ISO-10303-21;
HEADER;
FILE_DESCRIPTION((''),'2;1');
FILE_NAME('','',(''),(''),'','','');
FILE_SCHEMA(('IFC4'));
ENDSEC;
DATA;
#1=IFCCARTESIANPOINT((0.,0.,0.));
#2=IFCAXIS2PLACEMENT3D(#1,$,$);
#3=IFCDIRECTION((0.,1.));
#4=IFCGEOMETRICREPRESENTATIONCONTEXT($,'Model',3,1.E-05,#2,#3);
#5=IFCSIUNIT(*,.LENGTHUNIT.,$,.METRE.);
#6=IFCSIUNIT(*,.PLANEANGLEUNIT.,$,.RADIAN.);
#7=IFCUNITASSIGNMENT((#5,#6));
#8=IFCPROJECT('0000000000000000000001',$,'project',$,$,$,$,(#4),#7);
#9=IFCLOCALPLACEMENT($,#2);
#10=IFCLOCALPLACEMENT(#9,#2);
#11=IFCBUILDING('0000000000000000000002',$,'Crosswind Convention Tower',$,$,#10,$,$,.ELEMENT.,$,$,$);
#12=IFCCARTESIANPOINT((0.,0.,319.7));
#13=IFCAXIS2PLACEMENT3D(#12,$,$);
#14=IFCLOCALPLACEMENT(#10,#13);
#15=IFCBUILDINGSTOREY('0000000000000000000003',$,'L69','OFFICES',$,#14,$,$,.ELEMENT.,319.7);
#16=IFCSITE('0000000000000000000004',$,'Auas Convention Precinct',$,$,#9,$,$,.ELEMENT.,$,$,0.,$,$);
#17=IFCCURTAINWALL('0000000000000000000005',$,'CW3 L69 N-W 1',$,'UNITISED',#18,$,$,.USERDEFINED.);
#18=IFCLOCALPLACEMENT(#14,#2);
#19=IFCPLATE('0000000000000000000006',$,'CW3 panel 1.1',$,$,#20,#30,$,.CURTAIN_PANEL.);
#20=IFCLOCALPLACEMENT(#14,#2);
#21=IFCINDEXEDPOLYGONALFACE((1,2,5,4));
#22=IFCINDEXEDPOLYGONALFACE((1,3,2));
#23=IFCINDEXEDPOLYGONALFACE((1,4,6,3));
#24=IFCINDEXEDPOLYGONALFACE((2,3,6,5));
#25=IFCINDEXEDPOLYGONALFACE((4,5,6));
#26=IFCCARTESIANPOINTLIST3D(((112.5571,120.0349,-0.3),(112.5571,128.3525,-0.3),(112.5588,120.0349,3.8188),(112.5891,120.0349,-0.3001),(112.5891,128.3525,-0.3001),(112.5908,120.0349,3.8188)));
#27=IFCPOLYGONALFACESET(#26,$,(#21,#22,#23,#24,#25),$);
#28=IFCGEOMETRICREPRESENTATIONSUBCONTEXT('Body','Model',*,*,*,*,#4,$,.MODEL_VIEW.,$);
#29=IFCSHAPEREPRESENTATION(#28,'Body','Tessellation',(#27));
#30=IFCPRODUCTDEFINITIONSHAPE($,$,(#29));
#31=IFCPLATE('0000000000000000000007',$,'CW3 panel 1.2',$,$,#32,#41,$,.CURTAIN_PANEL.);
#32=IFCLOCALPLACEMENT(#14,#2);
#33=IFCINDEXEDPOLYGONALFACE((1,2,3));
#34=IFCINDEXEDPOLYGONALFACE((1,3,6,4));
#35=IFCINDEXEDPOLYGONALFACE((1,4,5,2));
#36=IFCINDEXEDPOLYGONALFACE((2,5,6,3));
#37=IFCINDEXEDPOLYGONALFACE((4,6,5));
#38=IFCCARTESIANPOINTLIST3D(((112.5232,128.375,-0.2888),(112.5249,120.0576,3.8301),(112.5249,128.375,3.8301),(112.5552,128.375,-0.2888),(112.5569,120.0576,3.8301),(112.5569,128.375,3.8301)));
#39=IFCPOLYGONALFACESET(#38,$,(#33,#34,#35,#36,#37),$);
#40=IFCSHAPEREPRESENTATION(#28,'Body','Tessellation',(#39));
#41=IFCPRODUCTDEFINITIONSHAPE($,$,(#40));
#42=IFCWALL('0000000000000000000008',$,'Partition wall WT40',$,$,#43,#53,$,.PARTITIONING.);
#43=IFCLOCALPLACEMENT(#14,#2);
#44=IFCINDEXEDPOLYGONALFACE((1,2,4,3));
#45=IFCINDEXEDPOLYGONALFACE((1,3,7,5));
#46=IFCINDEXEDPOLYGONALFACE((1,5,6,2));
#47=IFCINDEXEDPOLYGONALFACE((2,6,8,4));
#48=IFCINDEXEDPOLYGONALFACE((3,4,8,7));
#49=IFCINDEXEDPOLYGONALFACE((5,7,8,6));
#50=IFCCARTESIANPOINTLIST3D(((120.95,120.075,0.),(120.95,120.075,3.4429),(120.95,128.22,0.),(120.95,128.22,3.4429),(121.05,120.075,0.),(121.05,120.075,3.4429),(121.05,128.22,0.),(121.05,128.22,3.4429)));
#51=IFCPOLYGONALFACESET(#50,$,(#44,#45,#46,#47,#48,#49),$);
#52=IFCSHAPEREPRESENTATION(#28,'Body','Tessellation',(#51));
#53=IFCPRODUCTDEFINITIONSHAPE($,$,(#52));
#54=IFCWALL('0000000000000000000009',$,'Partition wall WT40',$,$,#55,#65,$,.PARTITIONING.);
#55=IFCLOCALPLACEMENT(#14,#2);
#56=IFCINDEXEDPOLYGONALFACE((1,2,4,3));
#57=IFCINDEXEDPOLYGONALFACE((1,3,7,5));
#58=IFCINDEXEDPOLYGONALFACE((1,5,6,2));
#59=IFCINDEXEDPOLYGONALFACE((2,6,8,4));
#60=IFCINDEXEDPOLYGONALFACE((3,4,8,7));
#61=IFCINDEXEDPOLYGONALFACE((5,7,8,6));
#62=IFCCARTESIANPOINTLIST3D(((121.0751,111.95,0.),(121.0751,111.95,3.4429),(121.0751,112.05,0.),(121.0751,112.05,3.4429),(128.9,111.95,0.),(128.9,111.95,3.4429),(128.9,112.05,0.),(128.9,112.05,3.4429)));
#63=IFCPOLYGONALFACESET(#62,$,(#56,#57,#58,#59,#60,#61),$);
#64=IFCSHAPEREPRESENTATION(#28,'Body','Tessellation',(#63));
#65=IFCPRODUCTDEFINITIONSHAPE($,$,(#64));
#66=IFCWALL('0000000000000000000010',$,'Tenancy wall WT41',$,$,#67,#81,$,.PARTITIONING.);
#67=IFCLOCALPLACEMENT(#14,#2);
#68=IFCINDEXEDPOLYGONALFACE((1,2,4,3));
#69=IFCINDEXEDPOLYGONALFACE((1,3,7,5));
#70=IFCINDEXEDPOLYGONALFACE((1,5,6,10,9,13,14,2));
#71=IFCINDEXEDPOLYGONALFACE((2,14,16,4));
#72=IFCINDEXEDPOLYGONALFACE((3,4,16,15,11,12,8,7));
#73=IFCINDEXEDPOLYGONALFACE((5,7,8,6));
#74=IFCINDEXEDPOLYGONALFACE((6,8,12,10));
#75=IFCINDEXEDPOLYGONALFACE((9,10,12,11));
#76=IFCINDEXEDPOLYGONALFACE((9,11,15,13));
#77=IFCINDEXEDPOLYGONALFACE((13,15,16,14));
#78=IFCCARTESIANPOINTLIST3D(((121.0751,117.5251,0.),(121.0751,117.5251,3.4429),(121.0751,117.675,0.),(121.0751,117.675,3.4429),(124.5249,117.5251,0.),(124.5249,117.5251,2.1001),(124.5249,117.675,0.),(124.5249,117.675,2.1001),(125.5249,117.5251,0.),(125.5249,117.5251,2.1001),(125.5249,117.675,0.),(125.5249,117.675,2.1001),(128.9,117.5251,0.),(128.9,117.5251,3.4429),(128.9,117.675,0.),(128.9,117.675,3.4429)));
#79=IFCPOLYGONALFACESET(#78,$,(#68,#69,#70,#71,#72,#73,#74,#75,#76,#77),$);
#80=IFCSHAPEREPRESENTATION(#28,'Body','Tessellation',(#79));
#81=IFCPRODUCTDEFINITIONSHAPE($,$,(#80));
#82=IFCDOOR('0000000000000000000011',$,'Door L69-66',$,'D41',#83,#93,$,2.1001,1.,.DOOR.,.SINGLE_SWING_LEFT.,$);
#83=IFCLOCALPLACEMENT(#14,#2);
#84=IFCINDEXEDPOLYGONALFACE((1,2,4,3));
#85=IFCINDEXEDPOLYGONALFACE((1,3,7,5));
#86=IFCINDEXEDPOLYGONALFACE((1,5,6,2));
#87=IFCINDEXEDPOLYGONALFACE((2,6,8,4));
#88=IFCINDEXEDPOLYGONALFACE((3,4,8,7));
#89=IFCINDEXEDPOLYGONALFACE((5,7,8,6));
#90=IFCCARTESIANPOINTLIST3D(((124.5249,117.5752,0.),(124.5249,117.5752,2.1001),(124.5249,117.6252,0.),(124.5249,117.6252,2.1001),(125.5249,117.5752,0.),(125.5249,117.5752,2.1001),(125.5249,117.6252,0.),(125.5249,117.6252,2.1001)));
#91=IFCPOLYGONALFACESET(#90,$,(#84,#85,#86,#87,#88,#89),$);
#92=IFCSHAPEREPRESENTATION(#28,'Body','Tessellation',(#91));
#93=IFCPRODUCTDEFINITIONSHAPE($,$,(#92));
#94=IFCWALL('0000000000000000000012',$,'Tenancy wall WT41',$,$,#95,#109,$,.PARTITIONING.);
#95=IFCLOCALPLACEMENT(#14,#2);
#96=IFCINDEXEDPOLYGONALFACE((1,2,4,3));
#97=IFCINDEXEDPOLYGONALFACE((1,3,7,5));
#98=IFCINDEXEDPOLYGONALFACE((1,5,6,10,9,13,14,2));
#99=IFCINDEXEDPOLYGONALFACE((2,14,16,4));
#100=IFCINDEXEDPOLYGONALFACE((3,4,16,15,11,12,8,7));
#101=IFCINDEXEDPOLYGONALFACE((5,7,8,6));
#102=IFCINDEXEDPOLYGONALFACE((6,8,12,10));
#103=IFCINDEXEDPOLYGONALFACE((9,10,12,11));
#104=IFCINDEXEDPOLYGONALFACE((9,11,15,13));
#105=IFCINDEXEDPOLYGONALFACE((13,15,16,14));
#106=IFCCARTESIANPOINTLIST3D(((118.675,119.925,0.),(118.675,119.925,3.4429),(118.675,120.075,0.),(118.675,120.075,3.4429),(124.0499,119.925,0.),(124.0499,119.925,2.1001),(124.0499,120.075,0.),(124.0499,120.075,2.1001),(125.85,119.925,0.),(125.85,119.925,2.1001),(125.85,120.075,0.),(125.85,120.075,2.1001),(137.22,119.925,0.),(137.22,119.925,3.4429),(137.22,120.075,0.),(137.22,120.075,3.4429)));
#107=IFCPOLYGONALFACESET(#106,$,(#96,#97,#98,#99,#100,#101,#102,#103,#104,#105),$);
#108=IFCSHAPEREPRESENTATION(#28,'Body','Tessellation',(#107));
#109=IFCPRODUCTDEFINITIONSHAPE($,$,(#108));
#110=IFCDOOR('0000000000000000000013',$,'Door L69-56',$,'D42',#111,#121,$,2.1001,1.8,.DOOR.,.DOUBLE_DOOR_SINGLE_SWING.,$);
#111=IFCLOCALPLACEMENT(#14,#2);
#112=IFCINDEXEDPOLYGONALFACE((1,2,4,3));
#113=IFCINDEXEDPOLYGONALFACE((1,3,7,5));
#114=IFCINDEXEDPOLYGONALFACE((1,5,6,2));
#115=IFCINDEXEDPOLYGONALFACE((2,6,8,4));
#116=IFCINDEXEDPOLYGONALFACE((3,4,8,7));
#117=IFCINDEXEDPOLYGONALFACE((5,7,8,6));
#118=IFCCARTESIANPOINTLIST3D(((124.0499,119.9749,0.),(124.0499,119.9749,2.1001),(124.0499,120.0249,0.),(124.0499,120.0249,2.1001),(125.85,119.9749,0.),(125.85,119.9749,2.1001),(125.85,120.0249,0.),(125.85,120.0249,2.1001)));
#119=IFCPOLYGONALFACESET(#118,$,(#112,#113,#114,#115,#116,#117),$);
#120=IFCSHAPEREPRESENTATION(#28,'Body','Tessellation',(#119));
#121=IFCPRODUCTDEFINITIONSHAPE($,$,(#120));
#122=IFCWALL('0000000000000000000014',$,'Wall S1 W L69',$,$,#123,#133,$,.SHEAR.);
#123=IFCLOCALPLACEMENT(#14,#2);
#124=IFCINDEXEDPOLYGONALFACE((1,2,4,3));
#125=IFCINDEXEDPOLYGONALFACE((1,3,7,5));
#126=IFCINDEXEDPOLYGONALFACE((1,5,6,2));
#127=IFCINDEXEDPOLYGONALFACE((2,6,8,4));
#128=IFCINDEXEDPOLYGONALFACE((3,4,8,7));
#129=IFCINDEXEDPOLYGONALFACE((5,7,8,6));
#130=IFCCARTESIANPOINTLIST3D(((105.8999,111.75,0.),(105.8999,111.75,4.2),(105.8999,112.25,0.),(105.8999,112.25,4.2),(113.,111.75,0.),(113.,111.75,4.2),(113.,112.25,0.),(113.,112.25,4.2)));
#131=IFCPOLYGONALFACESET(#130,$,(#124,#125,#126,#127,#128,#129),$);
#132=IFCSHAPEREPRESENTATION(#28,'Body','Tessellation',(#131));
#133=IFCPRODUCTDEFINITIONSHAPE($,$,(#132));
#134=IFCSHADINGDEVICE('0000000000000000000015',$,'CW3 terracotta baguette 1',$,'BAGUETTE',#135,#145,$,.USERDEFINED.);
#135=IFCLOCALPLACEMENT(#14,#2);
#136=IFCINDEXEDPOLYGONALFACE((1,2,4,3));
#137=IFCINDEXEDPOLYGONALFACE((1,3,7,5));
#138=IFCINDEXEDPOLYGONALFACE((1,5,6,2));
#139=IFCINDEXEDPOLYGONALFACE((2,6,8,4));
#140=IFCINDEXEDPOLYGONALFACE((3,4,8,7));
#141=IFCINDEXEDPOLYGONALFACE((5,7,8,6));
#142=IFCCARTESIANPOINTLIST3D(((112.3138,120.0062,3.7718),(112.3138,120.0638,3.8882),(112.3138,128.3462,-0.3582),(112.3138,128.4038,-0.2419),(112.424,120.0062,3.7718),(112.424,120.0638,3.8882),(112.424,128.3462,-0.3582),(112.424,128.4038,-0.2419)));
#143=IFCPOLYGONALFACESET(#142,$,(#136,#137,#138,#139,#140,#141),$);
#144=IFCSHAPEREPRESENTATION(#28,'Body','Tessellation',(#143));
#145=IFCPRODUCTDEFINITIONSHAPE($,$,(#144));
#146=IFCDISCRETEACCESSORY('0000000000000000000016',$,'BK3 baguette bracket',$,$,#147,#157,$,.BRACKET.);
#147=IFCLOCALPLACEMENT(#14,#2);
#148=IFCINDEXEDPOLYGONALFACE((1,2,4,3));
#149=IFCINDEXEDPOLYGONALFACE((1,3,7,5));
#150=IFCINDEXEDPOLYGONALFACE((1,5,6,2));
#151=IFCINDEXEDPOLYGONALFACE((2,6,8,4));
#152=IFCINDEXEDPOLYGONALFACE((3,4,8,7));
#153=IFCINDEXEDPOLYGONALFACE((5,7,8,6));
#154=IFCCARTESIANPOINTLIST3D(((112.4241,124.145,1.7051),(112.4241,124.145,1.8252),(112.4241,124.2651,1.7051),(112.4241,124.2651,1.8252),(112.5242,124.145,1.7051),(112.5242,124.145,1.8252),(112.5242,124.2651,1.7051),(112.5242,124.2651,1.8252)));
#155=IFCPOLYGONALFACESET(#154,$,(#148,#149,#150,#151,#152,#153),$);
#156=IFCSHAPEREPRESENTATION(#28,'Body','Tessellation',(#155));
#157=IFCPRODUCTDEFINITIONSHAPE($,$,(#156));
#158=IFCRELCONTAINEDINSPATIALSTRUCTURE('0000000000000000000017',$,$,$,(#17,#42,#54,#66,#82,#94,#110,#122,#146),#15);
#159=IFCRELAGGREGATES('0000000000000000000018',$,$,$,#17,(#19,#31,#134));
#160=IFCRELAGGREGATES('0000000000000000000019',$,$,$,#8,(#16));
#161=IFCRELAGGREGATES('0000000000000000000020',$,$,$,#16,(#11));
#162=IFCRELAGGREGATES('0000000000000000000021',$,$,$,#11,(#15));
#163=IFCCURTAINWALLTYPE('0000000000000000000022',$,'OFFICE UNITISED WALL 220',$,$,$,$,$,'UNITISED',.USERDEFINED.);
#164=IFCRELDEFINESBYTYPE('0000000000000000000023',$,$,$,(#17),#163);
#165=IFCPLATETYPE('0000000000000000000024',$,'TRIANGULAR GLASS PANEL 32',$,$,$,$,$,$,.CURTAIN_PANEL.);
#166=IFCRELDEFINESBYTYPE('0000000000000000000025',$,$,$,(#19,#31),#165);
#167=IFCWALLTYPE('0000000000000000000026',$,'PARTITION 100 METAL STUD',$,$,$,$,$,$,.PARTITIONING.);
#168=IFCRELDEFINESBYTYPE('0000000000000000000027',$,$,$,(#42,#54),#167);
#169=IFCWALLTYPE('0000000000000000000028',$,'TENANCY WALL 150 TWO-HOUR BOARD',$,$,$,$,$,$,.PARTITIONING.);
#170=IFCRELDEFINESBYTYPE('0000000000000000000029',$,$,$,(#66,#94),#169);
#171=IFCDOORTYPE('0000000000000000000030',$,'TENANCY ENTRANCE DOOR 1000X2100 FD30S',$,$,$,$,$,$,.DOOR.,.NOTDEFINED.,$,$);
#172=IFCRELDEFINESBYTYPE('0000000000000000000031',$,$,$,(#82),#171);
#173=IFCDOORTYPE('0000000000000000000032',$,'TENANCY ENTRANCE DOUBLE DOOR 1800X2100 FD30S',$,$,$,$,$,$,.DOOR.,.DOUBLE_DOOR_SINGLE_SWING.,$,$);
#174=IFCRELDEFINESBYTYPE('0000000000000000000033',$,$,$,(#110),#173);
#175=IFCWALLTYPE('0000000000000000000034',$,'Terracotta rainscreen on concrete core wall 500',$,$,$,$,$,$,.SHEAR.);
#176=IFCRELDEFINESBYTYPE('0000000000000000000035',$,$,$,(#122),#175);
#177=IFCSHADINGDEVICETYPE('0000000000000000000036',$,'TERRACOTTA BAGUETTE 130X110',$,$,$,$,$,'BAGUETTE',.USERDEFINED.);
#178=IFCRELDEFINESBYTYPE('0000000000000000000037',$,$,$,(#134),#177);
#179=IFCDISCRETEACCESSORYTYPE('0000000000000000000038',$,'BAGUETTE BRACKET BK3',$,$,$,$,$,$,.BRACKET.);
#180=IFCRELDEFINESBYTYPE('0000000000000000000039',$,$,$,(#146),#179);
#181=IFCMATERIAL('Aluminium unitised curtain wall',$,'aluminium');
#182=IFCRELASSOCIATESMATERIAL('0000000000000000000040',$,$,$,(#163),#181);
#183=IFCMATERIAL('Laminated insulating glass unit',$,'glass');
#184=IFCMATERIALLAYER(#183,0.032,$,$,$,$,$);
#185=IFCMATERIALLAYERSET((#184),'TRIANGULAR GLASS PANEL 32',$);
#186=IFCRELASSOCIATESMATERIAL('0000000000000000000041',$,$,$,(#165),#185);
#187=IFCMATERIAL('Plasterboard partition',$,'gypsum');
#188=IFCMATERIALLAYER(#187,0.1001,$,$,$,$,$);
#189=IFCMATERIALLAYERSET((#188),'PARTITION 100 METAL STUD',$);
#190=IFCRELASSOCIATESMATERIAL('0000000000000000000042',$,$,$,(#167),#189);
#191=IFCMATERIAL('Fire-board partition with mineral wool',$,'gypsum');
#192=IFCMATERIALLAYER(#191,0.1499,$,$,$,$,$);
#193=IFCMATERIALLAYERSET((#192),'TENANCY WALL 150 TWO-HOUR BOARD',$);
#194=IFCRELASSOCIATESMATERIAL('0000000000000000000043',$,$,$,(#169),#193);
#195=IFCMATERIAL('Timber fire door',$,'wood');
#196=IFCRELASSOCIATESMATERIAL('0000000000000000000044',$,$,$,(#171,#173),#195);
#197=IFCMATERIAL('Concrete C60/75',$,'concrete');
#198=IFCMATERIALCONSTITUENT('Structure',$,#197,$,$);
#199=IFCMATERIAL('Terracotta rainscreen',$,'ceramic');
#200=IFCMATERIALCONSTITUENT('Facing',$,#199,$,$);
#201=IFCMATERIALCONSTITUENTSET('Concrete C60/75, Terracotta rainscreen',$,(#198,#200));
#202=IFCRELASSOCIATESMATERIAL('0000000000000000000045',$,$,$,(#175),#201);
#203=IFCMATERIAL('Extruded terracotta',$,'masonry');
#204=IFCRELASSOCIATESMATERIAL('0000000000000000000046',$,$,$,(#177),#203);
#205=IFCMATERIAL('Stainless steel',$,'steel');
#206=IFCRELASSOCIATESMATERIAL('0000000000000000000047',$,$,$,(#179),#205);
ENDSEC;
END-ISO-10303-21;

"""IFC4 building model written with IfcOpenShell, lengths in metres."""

from ifc_helpers import new_model, si_unit, direction, frame, frame_2d, origin, origin_2d, place, context, subcontext, project, spatial, polyline, rectangle, outline, extrude, material, layer, layer_set, constituent, constituent_set, material_profile, profile_set, type_object, element, fill, aggregate, save


model = new_model("IFC4")

# Units and contexts
model_context = context("Model", 3, precision=1e-05, world=origin(), true_north=direction((0.0, 1.0)))
body_context = subcontext(model_context, "Body", "Model", "MODEL_VIEW")
ifc_project = project(units=[si_unit("LENGTHUNIT", "METRE"), si_unit("PLANEANGLEUNIT", "RADIAN")], contexts=[model_context])

# Site, building, storey
site_placement = place(None, origin())
site = spatial("IfcSite", under=ifc_project, at=site_placement, Name="Auas Convention Precinct", CompositionType="ELEMENT", RefElevation=0.0)
building_placement = place(site_placement, origin())
building = spatial("IfcBuilding", under=site, at=building_placement, Name="Crosswind Convention Tower", CompositionType="ELEMENT")
storey_placement = place(building_placement, frame((0.0, 0.0, 319.7)))
storey = spatial("IfcBuildingStorey", under=building, at=storey_placement, Name="L69", Description="OFFICES", CompositionType="ELEMENT", Elevation=319.7)

# Shared definitions
ifc_material_1 = material(Name="Concrete C60/75", Category="concrete")

# Shared definitions
ifc_material_2 = material(Name="Aluminium unitised curtain wall", Category="aluminium")
curtain_wall_type_1 = type_object("IfcCurtainWallType", Name="OFFICE UNITISED WALL 220", ElementType="UNITISED", PredefinedType="USERDEFINED", material=ifc_material_2)

# Curtain wall
curtain_wall_1_placement = place(storey_placement, origin())
curtain_wall_1 = element("IfcCurtainWall", 1, at=curtain_wall_1_placement, inside=storey, type_object=curtain_wall_type_1, Name="CW3 L69 N-W 1", ObjectType="UNITISED", PredefinedType="USERDEFINED")

# Plates
ifc_material_3 = material(Name="Laminated insulating glass unit", Category="glass")
ifc_layer_1 = layer(ifc_material_3, 0.032)
ifc_layer_set_1 = layer_set([ifc_layer_1], Name="TRIANGULAR GLASS PANEL 32")
plate_type_1 = type_object("IfcPlateType", Name="TRIANGULAR GLASS PANEL 32", PredefinedType="CURTAIN_PANEL", material=ifc_layer_set_1)
plate_1_placement = place(storey_placement, frame((112.5571, 120.0349, -0.3), z_axis=(-1.0, 0.0, 0.000415), x_axis=(0.000415, 0.0, 1.0)))
plate_1 = element("IfcPlate", 2, at=plate_1_placement, type_object=plate_type_1, Name="CW3 panel 1.1", PredefinedType="CURTAIN_PANEL", context=body_context, shape_type="SweptSolid", body=[
    extrude(outline(polyline([(0.0, 0.0), (4.1189, 0.0), (0.0, 8.3176), (0.0, 0.0)])), origin(), (0.0, 0.0, -1.0), 0.032),
])
plate_2_placement = place(storey_placement, frame((112.5249, 128.375, 3.8301), z_axis=(-1.0, 0.0, 0.000415), x_axis=(-0.000415, 0.0, -1.0)))
plate_2 = element("IfcPlate", 3, at=plate_2_placement, type_object=plate_type_1, Name="CW3 panel 1.2", PredefinedType="CURTAIN_PANEL", context=body_context, shape_type="SweptSolid", body=[
    extrude(outline(polyline([(0.0, 0.0), (4.1189, 0.0), (0.0, 8.3174), (0.0, 0.0)])), origin(), (0.0, 0.0, -1.0), 0.032),
])

# Walls
ifc_material_4 = material(Name="Plasterboard partition", Category="gypsum")
ifc_layer_2 = layer(ifc_material_4, 0.1001)
ifc_layer_set_2 = layer_set([ifc_layer_2], Name="PARTITION 100 METAL STUD")
wall_type_1 = type_object("IfcWallType", Name="PARTITION 100 METAL STUD", PredefinedType="PARTITIONING", material=ifc_layer_set_2)
wall_1_placement = place(storey_placement, frame((121.0, 120.075, 0.0), z_axis=(0.0, 0.0, 1.0), x_axis=(0.0, 1.0, 0.0)))
element("IfcWall", 4, at=wall_1_placement, inside=storey, type_object=wall_type_1, Name="Partition wall WT40", PredefinedType="PARTITIONING", context=body_context, shape_type="SweptSolid", body=[
    extrude(rectangle(XDim=8.145, YDim=0.1001, at=frame_2d((4.0725, 0.0))), origin(), (0.0, 0.0, 1.0), 3.4429),
])
wall_2_placement = place(storey_placement, frame((121.075, 112.0, 0.0), z_axis=(0.0, 0.0, 1.0), x_axis=(1.0, 0.0, 0.0)))
element("IfcWall", 5, at=wall_2_placement, inside=storey, type_object=wall_type_1, Name="Partition wall WT40", PredefinedType="PARTITIONING", context=body_context, shape_type="SweptSolid", body=[
    extrude(rectangle(XDim=7.825, YDim=0.1001, at=frame_2d((3.9126, 0.0))), origin(), (0.0, 0.0, 1.0), 3.4429),
])

# Walls, openings, doors
ifc_material_5 = material(Name="Fire-board partition with mineral wool", Category="gypsum")
ifc_layer_3 = layer(ifc_material_5, 0.1499)
ifc_layer_set_3 = layer_set([ifc_layer_3], Name="TENANCY WALL 150 TWO-HOUR BOARD")
wall_type_2 = type_object("IfcWallType", Name="TENANCY WALL 150 TWO-HOUR BOARD", PredefinedType="PARTITIONING", material=ifc_layer_set_3)
wall_3_placement = place(storey_placement, frame((121.075, 117.6001, 0.0), z_axis=(0.0, 0.0, 1.0), x_axis=(1.0, 0.0, 0.0)))
wall_3 = element("IfcWall", 6, at=wall_3_placement, inside=storey, type_object=wall_type_2, Name="Tenancy wall WT41", PredefinedType="PARTITIONING", context=body_context, shape_type="SweptSolid", body=[
    extrude(rectangle(XDim=7.825, YDim=0.1499, at=frame_2d((3.9126, 0.0))), origin(), (0.0, 0.0, 1.0), 3.4429),
])
opening_1_placement = place(wall_3_placement, frame((3.45, 0.0, 0.0)))
opening_1 = element("IfcOpeningElement", 7, at=opening_1_placement, cuts=wall_3, PredefinedType="OPENING", context=body_context, shape_type="SweptSolid", body=[
    extrude(rectangle(XDim=1.0, YDim=2.1001, at=frame_2d((0.5, 1.05))), frame((0.0, 0.085, 0.0), z_axis=(0.0, -1.0, 0.0), x_axis=(1.0, 0.0, 0.0)), (0.0, 0.0, 1.0), 0.1699),
])
ifc_material_6 = material(Name="Timber fire door", Category="wood")
door_type_1 = type_object("IfcDoorType", Name="TENANCY ENTRANCE DOOR 1000X2100 FD30S", OperationType="NOTDEFINED", PredefinedType="DOOR", material=ifc_material_6)
door_1_placement = place(opening_1_placement, frame((1.0, 0.0, 0.0), z_axis=(0.0, 0.0, 1.0), x_axis=(-1.0, 0.0, 0.0)))
door_1 = element("IfcDoor", 8, at=door_1_placement, inside=storey, type_object=door_type_1, Name="Door L69-66", ObjectType="D41", OperationType="SINGLE_SWING_LEFT", OverallHeight=2.1001, OverallWidth=1.0, PredefinedType="DOOR", context=body_context, shape_type="SweptSolid", body=[
    extrude(rectangle(XDim=1.0, YDim=2.1001, at=frame_2d((0.5, 1.05))), frame((0.0, 0.0249, 0.0), z_axis=(0.0, -1.0, 0.0), x_axis=(1.0, 0.0, 0.0)), (0.0, 0.0, 1.0), 0.05),
])
fill(opening_1, door_1)
wall_4_placement = place(storey_placement, frame((118.675, 120.0, 0.0), z_axis=(0.0, 0.0, 1.0), x_axis=(1.0, 0.0, 0.0)))
wall_4 = element("IfcWall", 9, at=wall_4_placement, inside=storey, type_object=wall_type_2, Name="Tenancy wall WT41", PredefinedType="PARTITIONING", context=body_context, shape_type="SweptSolid", body=[
    extrude(rectangle(XDim=18.5449, YDim=0.1499, at=frame_2d((9.2725, 0.0))), origin(), (0.0, 0.0, 1.0), 3.4429),
])
opening_2_placement = place(wall_4_placement, frame((5.375, 0.0, 0.0)))
opening_2 = element("IfcOpeningElement", 10, at=opening_2_placement, cuts=wall_4, PredefinedType="OPENING", context=body_context, shape_type="SweptSolid", body=[
    extrude(rectangle(XDim=1.8, YDim=2.1001, at=frame_2d((0.8999, 1.05))), frame((0.0, 0.085, 0.0), z_axis=(0.0, -1.0, 0.0), x_axis=(1.0, 0.0, 0.0)), (0.0, 0.0, 1.0), 0.1699),
])
door_type_2 = type_object("IfcDoorType", Name="TENANCY ENTRANCE DOUBLE DOOR 1800X2100 FD30S", OperationType="DOUBLE_DOOR_SINGLE_SWING", PredefinedType="DOOR", material=ifc_material_6)
door_2_placement = place(opening_2_placement, origin())
door_2 = element("IfcDoor", 11, at=door_2_placement, inside=storey, type_object=door_type_2, Name="Door L69-56", ObjectType="D42", OperationType="DOUBLE_DOOR_SINGLE_SWING", OverallHeight=2.1001, OverallWidth=1.8, PredefinedType="DOOR", context=body_context, shape_type="SweptSolid", body=[
    extrude(rectangle(XDim=1.8, YDim=2.1001, at=frame_2d((0.8999, 1.05))), frame((0.0, 0.0249, 0.0), z_axis=(0.0, -1.0, 0.0), x_axis=(1.0, 0.0, 0.0)), (0.0, 0.0, 1.0), 0.05),
])
fill(opening_2, door_2)

# Wall
ifc_constituent_1 = constituent(ifc_material_1, Name="Structure")
ifc_material_7 = material(Name="Terracotta rainscreen", Category="ceramic")
ifc_constituent_2 = constituent(ifc_material_7, Name="Facing")
ifc_constituent_set = constituent_set(constituents=[ifc_constituent_1, ifc_constituent_2], Name="Concrete C60/75, Terracotta rainscreen")
wall_type_3 = type_object("IfcWallType", Name="Terracotta rainscreen on concrete core wall 500", PredefinedType="SHEAR", material=ifc_constituent_set)
wall_5_placement = place(storey_placement, frame((113.0, 112.0, 0.0), z_axis=(0.0, 0.0, 1.0), x_axis=(-1.0, 0.0, 0.0)))
element("IfcWall", 12, at=wall_5_placement, inside=storey, type_object=wall_type_3, Name="Wall S1 W L69", PredefinedType="SHEAR", context=body_context, shape_type="SweptSolid", body=[
    extrude(rectangle(XDim=7.1001, YDim=0.5, at=frame_2d((3.55, 0.0))), origin(), (0.0, 0.0, 1.0), 4.2),
])

# Shading device
ifc_material_8 = material(Name="Extruded terracotta", Category="masonry")
ifc_material_profile_1 = material_profile(ifc_material_8, rectangle(XDim=0.1101, YDim=0.1299, at=origin_2d()), Name="TC 110X130")
ifc_profile_set_1 = profile_set([ifc_material_profile_1], Name="Extruded terracotta")
shading_device_type = type_object("IfcShadingDeviceType", Name="TERRACOTTA BAGUETTE 130X110", ElementType="BAGUETTE", PredefinedType="USERDEFINED", material=ifc_profile_set_1)
shading_device_placement = place(storey_placement, frame((112.3689, 128.375, -0.3), z_axis=(0.0, -0.896136, 0.443779), x_axis=(1.0, 0.0, 0.0)))
shading_device = element("IfcShadingDevice", 13, at=shading_device_placement, type_object=shading_device_type, Name="CW3 terracotta baguette 1", ObjectType="BAGUETTE", PredefinedType="USERDEFINED", context=body_context, shape_type="SweptSolid", body=[
    extrude(rectangle(XDim=0.1101, YDim=0.1299, at=origin_2d()), origin(), (0.0, 0.0, 1.0), 9.3066),
])
aggregate(curtain_wall_1, [plate_1, plate_2, shading_device])

# Discrete accessory
ifc_material_9 = material(Name="Stainless steel", Category="steel")
discrete_accessory_type = type_object("IfcDiscreteAccessoryType", Name="BAGUETTE BRACKET BK3", PredefinedType="BRACKET", material=ifc_material_9)
discrete_accessory_placement = place(storey_placement, frame((112.4741, 124.2051, 1.7051), z_axis=(0.0, 0.0, 1.0), x_axis=(0.0, -1.0, 0.0)))
element("IfcDiscreteAccessory", 14, at=discrete_accessory_placement, inside=storey, type_object=discrete_accessory_type, Name="BK3 baguette bracket", PredefinedType="BRACKET", context=body_context, shape_type="SweptSolid", body=[
    extrude(rectangle(XDim=0.1201, YDim=0.1001, at=origin_2d()), origin(), (0.0, 0.0, 1.0), 0.1201),
])

save(model, "model.ifc")
